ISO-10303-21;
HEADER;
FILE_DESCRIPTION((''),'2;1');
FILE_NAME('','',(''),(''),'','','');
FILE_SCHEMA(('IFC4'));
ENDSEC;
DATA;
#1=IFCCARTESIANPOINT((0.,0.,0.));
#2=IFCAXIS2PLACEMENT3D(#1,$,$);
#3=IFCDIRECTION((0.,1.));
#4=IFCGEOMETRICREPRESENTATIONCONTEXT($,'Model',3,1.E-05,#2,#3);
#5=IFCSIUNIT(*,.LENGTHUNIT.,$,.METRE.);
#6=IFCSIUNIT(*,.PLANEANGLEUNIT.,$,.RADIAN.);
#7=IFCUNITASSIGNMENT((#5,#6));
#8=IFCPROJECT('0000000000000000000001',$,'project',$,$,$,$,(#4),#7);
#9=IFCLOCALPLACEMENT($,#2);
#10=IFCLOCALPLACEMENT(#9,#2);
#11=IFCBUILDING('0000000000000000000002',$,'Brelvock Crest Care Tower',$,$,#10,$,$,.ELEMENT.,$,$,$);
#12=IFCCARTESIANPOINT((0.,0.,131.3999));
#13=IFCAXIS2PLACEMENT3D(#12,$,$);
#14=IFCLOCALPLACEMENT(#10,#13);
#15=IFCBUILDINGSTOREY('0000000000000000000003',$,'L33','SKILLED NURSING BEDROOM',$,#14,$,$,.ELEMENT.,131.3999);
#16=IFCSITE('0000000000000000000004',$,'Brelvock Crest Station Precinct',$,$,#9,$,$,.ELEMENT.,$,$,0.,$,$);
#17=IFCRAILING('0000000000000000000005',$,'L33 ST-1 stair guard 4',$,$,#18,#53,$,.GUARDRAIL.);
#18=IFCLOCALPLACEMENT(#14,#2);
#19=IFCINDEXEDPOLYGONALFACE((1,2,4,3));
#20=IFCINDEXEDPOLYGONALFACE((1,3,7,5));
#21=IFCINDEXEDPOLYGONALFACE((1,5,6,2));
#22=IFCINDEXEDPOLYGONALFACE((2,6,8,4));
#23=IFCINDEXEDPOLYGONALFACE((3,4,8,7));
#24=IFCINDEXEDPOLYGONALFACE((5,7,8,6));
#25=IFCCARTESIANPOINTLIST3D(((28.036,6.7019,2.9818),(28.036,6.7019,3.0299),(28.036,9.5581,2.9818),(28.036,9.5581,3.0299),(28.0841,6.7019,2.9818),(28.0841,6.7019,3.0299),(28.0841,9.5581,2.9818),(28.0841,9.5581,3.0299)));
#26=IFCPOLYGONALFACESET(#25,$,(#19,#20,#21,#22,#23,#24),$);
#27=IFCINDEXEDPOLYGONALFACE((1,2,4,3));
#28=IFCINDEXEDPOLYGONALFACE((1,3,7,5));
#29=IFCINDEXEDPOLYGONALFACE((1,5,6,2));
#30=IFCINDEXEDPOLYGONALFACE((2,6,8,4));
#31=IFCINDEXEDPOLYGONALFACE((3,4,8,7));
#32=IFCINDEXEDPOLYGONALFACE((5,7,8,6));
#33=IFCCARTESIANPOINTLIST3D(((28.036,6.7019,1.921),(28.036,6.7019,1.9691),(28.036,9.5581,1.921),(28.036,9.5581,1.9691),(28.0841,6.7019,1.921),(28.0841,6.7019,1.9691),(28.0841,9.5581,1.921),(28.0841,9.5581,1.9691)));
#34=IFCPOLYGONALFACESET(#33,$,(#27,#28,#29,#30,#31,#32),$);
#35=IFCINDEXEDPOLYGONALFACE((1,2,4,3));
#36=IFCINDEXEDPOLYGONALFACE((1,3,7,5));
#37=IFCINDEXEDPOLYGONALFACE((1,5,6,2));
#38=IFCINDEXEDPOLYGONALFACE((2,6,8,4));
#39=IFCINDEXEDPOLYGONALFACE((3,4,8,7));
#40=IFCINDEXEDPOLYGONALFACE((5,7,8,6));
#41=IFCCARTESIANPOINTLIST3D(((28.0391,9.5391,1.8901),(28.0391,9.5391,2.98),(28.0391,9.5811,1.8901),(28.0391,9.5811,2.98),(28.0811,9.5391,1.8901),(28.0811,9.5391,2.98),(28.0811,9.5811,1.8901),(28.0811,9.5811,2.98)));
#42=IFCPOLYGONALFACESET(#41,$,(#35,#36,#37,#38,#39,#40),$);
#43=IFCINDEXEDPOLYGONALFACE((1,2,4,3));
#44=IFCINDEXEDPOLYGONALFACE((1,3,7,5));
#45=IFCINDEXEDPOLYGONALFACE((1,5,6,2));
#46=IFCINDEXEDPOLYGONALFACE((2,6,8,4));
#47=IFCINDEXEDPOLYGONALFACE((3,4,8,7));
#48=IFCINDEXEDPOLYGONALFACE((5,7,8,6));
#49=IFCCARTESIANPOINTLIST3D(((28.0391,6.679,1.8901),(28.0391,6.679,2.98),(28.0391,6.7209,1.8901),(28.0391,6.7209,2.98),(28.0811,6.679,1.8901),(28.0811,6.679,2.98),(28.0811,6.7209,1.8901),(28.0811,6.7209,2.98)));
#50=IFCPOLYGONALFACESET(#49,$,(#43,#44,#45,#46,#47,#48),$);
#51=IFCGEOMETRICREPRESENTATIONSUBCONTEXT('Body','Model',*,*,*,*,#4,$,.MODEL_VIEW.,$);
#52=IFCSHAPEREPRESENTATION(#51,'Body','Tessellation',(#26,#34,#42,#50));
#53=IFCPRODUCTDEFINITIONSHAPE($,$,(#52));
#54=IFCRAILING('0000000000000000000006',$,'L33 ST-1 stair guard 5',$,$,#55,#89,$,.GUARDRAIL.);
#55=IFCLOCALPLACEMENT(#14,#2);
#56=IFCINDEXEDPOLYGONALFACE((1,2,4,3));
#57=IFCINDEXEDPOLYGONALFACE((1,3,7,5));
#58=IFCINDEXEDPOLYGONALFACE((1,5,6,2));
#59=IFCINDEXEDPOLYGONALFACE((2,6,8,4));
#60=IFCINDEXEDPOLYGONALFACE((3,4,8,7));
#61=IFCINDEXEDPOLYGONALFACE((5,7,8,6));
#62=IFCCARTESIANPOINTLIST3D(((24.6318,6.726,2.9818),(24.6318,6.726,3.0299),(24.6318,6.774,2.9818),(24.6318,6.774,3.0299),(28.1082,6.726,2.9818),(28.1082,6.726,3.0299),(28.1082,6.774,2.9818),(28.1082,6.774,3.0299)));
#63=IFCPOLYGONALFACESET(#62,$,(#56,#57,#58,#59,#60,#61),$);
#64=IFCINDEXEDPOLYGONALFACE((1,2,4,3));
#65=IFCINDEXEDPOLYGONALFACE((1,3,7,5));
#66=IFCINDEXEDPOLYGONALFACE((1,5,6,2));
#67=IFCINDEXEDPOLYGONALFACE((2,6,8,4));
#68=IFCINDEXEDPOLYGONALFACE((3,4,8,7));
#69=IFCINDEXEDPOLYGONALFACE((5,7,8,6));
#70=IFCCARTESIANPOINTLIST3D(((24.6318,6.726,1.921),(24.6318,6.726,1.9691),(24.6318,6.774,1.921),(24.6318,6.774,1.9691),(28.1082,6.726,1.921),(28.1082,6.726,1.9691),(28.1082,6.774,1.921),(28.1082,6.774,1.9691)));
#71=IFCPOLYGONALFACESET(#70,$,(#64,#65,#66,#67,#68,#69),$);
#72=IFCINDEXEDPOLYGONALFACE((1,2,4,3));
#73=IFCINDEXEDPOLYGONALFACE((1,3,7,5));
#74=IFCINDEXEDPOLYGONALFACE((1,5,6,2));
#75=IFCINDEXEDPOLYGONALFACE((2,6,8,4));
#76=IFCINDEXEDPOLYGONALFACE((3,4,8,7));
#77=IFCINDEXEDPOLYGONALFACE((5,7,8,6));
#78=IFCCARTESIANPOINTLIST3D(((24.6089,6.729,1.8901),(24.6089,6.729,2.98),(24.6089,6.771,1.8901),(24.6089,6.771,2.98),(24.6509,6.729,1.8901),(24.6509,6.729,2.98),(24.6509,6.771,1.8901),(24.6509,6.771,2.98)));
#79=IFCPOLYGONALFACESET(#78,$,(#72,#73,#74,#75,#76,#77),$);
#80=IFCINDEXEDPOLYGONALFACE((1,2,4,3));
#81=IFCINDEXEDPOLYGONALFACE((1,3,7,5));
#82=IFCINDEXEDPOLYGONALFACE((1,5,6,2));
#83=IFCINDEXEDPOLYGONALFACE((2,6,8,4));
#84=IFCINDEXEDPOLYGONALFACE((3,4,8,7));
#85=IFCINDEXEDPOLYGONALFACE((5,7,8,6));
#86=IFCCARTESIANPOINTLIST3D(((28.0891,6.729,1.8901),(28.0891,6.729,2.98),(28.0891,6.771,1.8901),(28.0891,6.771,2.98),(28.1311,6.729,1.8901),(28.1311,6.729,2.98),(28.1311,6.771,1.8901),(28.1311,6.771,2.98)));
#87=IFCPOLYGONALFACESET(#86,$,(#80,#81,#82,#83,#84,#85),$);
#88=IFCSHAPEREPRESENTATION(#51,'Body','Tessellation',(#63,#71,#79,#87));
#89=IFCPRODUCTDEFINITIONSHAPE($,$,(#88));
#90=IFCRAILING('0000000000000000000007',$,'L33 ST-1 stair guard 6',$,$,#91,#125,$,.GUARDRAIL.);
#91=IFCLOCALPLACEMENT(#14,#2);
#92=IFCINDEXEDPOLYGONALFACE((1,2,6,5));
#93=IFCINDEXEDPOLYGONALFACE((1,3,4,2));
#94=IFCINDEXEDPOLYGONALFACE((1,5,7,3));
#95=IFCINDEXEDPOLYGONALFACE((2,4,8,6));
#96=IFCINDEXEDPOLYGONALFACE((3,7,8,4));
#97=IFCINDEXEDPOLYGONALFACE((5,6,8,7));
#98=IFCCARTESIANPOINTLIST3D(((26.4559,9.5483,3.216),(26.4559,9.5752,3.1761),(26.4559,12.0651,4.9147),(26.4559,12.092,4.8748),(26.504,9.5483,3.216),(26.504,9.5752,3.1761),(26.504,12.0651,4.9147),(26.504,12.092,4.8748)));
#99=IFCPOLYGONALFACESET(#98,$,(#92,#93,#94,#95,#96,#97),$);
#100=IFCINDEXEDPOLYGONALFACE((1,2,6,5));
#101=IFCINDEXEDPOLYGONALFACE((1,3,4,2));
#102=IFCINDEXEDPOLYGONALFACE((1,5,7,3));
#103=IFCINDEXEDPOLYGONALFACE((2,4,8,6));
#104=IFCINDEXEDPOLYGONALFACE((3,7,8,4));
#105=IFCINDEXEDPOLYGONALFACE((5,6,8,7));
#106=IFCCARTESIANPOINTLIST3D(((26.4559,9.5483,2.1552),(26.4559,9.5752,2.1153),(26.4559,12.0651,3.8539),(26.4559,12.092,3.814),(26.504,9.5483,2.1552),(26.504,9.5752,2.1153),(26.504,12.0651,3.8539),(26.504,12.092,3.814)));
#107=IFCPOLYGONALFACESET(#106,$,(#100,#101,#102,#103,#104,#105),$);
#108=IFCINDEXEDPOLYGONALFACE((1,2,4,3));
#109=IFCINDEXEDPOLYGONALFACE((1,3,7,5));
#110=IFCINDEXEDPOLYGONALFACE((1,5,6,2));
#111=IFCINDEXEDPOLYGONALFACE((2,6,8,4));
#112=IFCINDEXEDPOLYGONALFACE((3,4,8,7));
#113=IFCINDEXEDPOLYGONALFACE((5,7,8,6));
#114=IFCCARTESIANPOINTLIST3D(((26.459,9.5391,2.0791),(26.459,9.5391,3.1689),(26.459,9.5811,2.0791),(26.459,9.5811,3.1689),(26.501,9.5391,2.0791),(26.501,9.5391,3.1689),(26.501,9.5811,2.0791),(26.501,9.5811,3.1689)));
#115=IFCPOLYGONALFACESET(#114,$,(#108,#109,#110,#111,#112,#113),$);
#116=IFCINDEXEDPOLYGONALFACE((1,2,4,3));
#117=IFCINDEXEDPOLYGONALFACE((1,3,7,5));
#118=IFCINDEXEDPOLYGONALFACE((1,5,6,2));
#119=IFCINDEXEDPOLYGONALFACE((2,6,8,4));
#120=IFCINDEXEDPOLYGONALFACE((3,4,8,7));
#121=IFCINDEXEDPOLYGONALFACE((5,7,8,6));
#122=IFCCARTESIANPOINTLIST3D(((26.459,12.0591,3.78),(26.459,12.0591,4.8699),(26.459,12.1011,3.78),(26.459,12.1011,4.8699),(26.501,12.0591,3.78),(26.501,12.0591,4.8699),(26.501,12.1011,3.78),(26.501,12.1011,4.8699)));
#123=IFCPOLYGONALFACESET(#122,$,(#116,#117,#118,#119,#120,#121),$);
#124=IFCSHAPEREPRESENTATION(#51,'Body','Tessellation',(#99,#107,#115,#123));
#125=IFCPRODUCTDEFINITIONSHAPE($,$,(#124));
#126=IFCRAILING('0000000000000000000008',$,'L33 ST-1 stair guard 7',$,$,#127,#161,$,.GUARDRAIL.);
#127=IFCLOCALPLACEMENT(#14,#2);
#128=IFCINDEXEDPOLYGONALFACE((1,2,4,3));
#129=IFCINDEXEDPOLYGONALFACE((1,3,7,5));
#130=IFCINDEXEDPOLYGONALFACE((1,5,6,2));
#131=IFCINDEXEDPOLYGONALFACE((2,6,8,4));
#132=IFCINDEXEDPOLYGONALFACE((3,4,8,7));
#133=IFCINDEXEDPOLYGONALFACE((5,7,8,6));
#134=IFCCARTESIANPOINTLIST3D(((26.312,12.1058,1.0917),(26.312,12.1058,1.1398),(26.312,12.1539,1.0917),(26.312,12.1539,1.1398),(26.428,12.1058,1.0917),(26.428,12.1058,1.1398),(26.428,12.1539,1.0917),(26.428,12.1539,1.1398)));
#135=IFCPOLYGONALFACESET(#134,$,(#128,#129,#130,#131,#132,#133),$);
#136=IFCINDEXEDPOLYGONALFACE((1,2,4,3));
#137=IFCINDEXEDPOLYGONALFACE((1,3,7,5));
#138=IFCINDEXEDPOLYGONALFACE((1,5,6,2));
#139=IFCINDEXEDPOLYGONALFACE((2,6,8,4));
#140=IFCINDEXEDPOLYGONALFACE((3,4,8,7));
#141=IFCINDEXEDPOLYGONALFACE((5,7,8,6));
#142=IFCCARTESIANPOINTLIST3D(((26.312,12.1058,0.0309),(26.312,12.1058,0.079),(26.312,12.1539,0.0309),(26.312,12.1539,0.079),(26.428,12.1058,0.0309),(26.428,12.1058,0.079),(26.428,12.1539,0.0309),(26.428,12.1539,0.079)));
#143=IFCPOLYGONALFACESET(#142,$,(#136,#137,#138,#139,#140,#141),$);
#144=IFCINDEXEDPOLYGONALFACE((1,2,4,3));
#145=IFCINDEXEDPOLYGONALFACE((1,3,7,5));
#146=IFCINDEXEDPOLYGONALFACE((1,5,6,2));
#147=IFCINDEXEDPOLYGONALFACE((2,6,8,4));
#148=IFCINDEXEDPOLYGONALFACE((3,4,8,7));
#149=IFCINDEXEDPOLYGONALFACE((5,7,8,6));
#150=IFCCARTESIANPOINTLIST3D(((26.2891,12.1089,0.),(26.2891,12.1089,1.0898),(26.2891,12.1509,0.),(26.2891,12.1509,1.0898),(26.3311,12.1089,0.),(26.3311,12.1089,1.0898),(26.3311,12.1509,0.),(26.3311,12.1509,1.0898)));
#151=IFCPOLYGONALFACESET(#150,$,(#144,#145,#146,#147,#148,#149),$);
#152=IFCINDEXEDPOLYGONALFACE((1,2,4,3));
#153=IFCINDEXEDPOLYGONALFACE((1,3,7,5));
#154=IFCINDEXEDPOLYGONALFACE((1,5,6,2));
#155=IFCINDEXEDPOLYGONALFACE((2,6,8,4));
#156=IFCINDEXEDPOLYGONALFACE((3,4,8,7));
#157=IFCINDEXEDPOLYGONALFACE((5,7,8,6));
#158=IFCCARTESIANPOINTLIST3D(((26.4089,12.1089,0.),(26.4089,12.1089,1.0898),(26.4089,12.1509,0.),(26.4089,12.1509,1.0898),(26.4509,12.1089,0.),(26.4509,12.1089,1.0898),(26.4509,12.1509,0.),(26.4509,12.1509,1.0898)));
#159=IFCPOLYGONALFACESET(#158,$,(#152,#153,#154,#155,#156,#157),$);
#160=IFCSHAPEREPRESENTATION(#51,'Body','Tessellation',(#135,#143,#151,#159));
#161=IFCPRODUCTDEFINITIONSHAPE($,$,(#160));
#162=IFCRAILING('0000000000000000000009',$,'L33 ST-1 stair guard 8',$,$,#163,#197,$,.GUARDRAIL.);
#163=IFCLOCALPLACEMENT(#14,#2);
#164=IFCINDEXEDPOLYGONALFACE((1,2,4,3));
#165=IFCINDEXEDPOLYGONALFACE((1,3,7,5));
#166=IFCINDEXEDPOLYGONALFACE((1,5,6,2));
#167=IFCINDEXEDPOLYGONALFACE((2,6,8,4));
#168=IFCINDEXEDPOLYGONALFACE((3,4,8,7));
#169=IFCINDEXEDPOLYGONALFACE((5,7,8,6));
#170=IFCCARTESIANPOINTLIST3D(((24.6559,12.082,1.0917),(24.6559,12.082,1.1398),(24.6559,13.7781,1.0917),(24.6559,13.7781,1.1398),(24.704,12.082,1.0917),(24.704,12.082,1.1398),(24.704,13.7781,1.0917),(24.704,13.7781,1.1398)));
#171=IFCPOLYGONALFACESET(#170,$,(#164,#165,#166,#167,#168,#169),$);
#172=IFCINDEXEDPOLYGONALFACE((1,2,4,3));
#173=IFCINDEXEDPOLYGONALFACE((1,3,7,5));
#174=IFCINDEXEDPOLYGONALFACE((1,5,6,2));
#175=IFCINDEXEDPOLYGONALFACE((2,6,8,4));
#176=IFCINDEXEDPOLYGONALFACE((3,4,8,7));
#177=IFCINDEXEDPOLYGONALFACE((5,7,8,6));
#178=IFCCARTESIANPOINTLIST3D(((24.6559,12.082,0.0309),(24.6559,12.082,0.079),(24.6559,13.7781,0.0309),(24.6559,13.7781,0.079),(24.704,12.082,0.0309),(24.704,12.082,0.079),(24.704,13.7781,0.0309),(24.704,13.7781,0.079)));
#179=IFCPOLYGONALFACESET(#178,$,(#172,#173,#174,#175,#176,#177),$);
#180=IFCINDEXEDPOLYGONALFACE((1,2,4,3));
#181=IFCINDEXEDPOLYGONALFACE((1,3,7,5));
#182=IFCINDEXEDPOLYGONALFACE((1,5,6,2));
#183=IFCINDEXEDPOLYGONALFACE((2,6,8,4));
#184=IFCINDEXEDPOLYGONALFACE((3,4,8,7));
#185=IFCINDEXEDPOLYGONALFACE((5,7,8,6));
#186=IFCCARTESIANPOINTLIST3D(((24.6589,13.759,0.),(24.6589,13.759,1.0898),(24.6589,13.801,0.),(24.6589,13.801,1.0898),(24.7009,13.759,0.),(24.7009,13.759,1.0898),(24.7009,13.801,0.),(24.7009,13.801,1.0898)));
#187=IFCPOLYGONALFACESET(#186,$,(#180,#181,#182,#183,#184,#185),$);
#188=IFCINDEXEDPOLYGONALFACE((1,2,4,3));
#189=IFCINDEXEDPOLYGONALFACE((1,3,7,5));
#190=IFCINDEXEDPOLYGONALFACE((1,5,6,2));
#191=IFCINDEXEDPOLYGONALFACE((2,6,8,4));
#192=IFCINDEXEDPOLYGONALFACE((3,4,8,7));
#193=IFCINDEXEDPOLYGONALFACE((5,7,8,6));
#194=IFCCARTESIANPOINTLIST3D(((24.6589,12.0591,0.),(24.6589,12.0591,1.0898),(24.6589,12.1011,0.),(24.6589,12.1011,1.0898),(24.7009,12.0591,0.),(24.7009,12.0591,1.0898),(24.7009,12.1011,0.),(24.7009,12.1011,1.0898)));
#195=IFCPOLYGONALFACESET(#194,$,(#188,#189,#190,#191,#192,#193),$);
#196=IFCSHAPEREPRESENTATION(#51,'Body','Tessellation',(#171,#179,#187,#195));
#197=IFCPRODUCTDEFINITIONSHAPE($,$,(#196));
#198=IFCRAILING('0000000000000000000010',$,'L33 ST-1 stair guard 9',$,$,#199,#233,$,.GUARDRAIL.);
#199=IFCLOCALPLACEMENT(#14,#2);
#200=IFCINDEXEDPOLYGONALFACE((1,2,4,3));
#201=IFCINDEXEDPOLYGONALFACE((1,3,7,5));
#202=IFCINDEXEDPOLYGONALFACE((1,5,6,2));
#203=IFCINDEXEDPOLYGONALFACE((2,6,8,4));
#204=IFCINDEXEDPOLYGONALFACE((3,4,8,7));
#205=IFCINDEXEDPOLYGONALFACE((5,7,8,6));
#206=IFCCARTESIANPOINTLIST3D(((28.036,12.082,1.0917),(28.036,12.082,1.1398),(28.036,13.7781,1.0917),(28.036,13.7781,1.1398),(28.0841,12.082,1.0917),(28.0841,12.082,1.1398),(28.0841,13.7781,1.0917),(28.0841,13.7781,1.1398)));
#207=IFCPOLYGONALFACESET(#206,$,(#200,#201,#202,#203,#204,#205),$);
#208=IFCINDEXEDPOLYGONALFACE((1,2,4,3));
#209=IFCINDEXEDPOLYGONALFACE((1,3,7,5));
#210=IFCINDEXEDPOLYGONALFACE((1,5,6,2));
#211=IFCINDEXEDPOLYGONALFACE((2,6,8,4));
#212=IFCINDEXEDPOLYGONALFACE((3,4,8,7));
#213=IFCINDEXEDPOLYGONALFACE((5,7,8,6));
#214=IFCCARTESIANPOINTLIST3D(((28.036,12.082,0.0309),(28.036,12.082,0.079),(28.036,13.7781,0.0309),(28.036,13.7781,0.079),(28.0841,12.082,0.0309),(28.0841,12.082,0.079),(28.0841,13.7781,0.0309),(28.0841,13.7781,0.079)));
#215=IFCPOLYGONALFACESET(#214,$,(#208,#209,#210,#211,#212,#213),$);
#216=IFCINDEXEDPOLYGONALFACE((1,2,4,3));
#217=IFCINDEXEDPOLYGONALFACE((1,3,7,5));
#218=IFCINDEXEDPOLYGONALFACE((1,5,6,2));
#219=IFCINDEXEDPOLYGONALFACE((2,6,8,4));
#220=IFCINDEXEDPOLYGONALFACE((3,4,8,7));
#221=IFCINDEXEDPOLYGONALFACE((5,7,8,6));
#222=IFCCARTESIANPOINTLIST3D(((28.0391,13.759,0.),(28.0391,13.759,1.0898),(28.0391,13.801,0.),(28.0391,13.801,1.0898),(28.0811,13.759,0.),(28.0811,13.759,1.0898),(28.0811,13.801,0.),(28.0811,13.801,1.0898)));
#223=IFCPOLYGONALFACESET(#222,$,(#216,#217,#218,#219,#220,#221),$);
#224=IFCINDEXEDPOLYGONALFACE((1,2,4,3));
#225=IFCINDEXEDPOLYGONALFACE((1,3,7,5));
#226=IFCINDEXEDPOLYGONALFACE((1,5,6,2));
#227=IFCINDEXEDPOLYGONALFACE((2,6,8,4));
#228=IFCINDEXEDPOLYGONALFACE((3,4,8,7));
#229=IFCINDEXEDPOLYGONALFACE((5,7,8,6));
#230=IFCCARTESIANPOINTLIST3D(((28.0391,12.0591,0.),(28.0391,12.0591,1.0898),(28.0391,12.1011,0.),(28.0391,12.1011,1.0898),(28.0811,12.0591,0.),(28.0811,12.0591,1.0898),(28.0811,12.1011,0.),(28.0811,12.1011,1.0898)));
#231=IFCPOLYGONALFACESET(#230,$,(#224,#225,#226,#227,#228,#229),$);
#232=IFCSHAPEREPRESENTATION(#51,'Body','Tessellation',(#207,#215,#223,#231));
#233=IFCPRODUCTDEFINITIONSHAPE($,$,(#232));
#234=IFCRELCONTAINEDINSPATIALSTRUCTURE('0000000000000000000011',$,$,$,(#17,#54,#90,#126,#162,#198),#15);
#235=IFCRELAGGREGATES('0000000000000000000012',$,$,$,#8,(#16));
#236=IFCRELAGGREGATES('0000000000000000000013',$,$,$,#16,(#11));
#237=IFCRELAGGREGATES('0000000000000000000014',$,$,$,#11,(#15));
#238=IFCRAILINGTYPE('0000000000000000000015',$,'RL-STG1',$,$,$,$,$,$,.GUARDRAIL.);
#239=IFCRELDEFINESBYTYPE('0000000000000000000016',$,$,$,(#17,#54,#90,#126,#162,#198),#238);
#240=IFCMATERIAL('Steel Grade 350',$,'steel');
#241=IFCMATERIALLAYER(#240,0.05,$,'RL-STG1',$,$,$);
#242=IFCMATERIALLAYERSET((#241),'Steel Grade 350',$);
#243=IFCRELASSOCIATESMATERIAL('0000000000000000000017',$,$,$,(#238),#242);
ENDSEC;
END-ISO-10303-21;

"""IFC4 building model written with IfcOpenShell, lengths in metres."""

from ifc_helpers import new_model, si_unit, direction, frame, origin, origin_2d, place, context, subcontext, project, spatial, rectangle, extrude, material, layer, layer_set, type_object, element, save


model = new_model("IFC4")

# Units and contexts
model_context = context("Model", 3, precision=1e-05, world=origin(), true_north=direction((0.0, 1.0)))
body_context = subcontext(model_context, "Body", "Model", "MODEL_VIEW")
ifc_project = project(units=[si_unit("LENGTHUNIT", "METRE"), si_unit("PLANEANGLEUNIT", "RADIAN")], contexts=[model_context])

# Site, building, storey
site_placement = place(None, origin())
site = spatial("IfcSite", under=ifc_project, at=site_placement, Name="Brelvock Crest Station Precinct", CompositionType="ELEMENT", RefElevation=0.0)
building_placement = place(site_placement, origin())
building = spatial("IfcBuilding", under=site, at=building_placement, Name="Brelvock Crest Care Tower", CompositionType="ELEMENT")
storey_placement = place(building_placement, frame((0.0, 0.0, 131.3999)))
storey = spatial("IfcBuildingStorey", under=building, at=storey_placement, Name="L33", Description="SKILLED NURSING BEDROOM", CompositionType="ELEMENT", Elevation=131.3999)

# Shared definitions
ifc_material_1 = material(Name="Steel Grade 350", Category="steel")

# Railings
ifc_layer_1 = layer(ifc_material_1, 0.05, Name="RL-STG1")
ifc_layer_set_1 = layer_set([ifc_layer_1], Name="Steel Grade 350")
railing_type_1 = type_object("IfcRailingType", Name="RL-STG1", PredefinedType="GUARDRAIL", material=ifc_layer_set_1)
for number, where, name in (
    (1, (28.0601, 9.5601, 1.8901), "L33 ST-1 stair guard 4"),
):
    element("IfcRailing", number, at=place(storey_placement, frame(where)), inside=storey, type_object=railing_type_1, Name=name, PredefinedType="GUARDRAIL", context=body_context, shape_type="SweptSolid", body=[
        extrude(rectangle(XDim=0.0481, YDim=0.0481, at=origin_2d()), frame((0.0, -0.002, 1.1157), z_axis=(0.0, -1.0, 0.0), x_axis=(1.0, 0.0, 0.0)), (0.0, 0.0, 1.0), 2.8562),
        extrude(rectangle(XDim=0.0481, YDim=0.0481, at=origin_2d()), frame((0.0, -0.002, 0.0549), z_axis=(0.0, -1.0, 0.0), x_axis=(1.0, 0.0, 0.0)), (0.0, 0.0, 1.0), 2.8562),
        extrude(rectangle(XDim=0.042, YDim=0.042, at=origin_2d()), origin(), (0.0, 0.0, 1.0), 1.0898),
        extrude(rectangle(XDim=0.042, YDim=0.042, at=origin_2d()), frame((0.0, -2.8601, 0.0)), (0.0, 0.0, 1.0), 1.0898),
    ])
railing_1_placement = place(storey_placement, frame((24.6299, 6.75, 1.8901)))
element("IfcRailing", 2, at=railing_1_placement, inside=storey, type_object=railing_type_1, Name="L33 ST-1 stair guard 5", PredefinedType="GUARDRAIL", context=body_context, shape_type="SweptSolid", body=[
    extrude(rectangle(XDim=0.0481, YDim=0.0481, at=origin_2d()), frame((0.002, 0.0, 1.1157), z_axis=(1.0, 0.0, 0.0), x_axis=(0.0, 1.0, 0.0)), (0.0, 0.0, 1.0), 3.4763),
    extrude(rectangle(XDim=0.0481, YDim=0.0481, at=origin_2d()), frame((0.002, 0.0, 0.0549), z_axis=(1.0, 0.0, 0.0), x_axis=(0.0, 1.0, 0.0)), (0.0, 0.0, 1.0), 3.4763),
    extrude(rectangle(XDim=0.042, YDim=0.042, at=origin_2d()), origin(), (0.0, 0.0, 1.0), 1.0898),
    extrude(rectangle(XDim=0.042, YDim=0.042, at=origin_2d()), frame((3.4802, 0.0, 0.0)), (0.0, 0.0, 1.0), 1.0898),
])
railing_2_placement = place(storey_placement, frame((26.48, 9.5601, 2.0791)))
element("IfcRailing", 3, at=railing_2_placement, inside=storey, type_object=railing_type_1, Name="L33 ST-1 stair guard 6", PredefinedType="GUARDRAIL", context=body_context, shape_type="SweptSolid", body=[
    extrude(rectangle(XDim=0.0481, YDim=0.0481, at=origin_2d()), frame((0.0, 0.0017, 1.1169), z_axis=(0.0, 0.828862, 0.559454), x_axis=(-1.0, 0.0, 0.0)), (0.0, 0.0, 1.0), 3.0364),
    extrude(rectangle(XDim=0.0481, YDim=0.0481, at=origin_2d()), frame((0.0, 0.0017, 0.0562), z_axis=(0.0, 0.828862, 0.559454), x_axis=(-1.0, 0.0, 0.0)), (0.0, 0.0, 1.0), 3.0364),
    extrude(rectangle(XDim=0.042, YDim=0.042, at=origin_2d()), origin(), (0.0, 0.0, 1.0), 1.0898),
    extrude(rectangle(XDim=0.042, YDim=0.042, at=origin_2d()), frame((0.0, 2.52, 1.7009)), (0.0, 0.0, 1.0), 1.0898),
])
railing_3_placement = place(storey_placement, frame((26.3101, 12.1299, 0.0)))
element("IfcRailing", 4, at=railing_3_placement, inside=storey, type_object=railing_type_1, Name="L33 ST-1 stair guard 7", PredefinedType="GUARDRAIL", context=body_context, shape_type="SweptSolid", body=[
    extrude(rectangle(XDim=0.0481, YDim=0.0481, at=origin_2d()), frame((0.002, 0.0, 1.1157), z_axis=(1.0, 0.0, 0.0), x_axis=(0.0, 1.0, 0.0)), (0.0, 0.0, 1.0), 0.116),
    extrude(rectangle(XDim=0.0481, YDim=0.0481, at=origin_2d()), frame((0.002, 0.0, 0.0549), z_axis=(1.0, 0.0, 0.0), x_axis=(0.0, 1.0, 0.0)), (0.0, 0.0, 1.0), 0.116),
    extrude(rectangle(XDim=0.042, YDim=0.042, at=origin_2d()), origin(), (0.0, 0.0, 1.0), 1.0898),
    extrude(rectangle(XDim=0.042, YDim=0.042, at=origin_2d()), frame((0.1199, 0.0, 0.0)), (0.0, 0.0, 1.0), 1.0898),
])
for number, where, name in (
    (5, (24.6799, 13.78, 0.0), "L33 ST-1 stair guard 8"),
    (6, (28.0601, 13.78, 0.0), "L33 ST-1 stair guard 9"),
):
    element("IfcRailing", number, at=place(storey_placement, frame(where)), inside=storey, type_object=railing_type_1, Name=name, PredefinedType="GUARDRAIL", context=body_context, shape_type="SweptSolid", body=[
        extrude(rectangle(XDim=0.0481, YDim=0.0481, at=origin_2d()), frame((0.0, -0.002, 1.1157), z_axis=(0.0, -1.0, 0.0), x_axis=(1.0, 0.0, 0.0)), (0.0, 0.0, 1.0), 1.696),
        extrude(rectangle(XDim=0.0481, YDim=0.0481, at=origin_2d()), frame((0.0, -0.002, 0.0549), z_axis=(0.0, -1.0, 0.0), x_axis=(1.0, 0.0, 0.0)), (0.0, 0.0, 1.0), 1.696),
        extrude(rectangle(XDim=0.042, YDim=0.042, at=origin_2d()), origin(), (0.0, 0.0, 1.0), 1.0898),
        extrude(rectangle(XDim=0.042, YDim=0.042, at=origin_2d()), frame((0.0, -1.7, 0.0)), (0.0, 0.0, 1.0), 1.0898),
    ])

save(model, "model.ifc")
